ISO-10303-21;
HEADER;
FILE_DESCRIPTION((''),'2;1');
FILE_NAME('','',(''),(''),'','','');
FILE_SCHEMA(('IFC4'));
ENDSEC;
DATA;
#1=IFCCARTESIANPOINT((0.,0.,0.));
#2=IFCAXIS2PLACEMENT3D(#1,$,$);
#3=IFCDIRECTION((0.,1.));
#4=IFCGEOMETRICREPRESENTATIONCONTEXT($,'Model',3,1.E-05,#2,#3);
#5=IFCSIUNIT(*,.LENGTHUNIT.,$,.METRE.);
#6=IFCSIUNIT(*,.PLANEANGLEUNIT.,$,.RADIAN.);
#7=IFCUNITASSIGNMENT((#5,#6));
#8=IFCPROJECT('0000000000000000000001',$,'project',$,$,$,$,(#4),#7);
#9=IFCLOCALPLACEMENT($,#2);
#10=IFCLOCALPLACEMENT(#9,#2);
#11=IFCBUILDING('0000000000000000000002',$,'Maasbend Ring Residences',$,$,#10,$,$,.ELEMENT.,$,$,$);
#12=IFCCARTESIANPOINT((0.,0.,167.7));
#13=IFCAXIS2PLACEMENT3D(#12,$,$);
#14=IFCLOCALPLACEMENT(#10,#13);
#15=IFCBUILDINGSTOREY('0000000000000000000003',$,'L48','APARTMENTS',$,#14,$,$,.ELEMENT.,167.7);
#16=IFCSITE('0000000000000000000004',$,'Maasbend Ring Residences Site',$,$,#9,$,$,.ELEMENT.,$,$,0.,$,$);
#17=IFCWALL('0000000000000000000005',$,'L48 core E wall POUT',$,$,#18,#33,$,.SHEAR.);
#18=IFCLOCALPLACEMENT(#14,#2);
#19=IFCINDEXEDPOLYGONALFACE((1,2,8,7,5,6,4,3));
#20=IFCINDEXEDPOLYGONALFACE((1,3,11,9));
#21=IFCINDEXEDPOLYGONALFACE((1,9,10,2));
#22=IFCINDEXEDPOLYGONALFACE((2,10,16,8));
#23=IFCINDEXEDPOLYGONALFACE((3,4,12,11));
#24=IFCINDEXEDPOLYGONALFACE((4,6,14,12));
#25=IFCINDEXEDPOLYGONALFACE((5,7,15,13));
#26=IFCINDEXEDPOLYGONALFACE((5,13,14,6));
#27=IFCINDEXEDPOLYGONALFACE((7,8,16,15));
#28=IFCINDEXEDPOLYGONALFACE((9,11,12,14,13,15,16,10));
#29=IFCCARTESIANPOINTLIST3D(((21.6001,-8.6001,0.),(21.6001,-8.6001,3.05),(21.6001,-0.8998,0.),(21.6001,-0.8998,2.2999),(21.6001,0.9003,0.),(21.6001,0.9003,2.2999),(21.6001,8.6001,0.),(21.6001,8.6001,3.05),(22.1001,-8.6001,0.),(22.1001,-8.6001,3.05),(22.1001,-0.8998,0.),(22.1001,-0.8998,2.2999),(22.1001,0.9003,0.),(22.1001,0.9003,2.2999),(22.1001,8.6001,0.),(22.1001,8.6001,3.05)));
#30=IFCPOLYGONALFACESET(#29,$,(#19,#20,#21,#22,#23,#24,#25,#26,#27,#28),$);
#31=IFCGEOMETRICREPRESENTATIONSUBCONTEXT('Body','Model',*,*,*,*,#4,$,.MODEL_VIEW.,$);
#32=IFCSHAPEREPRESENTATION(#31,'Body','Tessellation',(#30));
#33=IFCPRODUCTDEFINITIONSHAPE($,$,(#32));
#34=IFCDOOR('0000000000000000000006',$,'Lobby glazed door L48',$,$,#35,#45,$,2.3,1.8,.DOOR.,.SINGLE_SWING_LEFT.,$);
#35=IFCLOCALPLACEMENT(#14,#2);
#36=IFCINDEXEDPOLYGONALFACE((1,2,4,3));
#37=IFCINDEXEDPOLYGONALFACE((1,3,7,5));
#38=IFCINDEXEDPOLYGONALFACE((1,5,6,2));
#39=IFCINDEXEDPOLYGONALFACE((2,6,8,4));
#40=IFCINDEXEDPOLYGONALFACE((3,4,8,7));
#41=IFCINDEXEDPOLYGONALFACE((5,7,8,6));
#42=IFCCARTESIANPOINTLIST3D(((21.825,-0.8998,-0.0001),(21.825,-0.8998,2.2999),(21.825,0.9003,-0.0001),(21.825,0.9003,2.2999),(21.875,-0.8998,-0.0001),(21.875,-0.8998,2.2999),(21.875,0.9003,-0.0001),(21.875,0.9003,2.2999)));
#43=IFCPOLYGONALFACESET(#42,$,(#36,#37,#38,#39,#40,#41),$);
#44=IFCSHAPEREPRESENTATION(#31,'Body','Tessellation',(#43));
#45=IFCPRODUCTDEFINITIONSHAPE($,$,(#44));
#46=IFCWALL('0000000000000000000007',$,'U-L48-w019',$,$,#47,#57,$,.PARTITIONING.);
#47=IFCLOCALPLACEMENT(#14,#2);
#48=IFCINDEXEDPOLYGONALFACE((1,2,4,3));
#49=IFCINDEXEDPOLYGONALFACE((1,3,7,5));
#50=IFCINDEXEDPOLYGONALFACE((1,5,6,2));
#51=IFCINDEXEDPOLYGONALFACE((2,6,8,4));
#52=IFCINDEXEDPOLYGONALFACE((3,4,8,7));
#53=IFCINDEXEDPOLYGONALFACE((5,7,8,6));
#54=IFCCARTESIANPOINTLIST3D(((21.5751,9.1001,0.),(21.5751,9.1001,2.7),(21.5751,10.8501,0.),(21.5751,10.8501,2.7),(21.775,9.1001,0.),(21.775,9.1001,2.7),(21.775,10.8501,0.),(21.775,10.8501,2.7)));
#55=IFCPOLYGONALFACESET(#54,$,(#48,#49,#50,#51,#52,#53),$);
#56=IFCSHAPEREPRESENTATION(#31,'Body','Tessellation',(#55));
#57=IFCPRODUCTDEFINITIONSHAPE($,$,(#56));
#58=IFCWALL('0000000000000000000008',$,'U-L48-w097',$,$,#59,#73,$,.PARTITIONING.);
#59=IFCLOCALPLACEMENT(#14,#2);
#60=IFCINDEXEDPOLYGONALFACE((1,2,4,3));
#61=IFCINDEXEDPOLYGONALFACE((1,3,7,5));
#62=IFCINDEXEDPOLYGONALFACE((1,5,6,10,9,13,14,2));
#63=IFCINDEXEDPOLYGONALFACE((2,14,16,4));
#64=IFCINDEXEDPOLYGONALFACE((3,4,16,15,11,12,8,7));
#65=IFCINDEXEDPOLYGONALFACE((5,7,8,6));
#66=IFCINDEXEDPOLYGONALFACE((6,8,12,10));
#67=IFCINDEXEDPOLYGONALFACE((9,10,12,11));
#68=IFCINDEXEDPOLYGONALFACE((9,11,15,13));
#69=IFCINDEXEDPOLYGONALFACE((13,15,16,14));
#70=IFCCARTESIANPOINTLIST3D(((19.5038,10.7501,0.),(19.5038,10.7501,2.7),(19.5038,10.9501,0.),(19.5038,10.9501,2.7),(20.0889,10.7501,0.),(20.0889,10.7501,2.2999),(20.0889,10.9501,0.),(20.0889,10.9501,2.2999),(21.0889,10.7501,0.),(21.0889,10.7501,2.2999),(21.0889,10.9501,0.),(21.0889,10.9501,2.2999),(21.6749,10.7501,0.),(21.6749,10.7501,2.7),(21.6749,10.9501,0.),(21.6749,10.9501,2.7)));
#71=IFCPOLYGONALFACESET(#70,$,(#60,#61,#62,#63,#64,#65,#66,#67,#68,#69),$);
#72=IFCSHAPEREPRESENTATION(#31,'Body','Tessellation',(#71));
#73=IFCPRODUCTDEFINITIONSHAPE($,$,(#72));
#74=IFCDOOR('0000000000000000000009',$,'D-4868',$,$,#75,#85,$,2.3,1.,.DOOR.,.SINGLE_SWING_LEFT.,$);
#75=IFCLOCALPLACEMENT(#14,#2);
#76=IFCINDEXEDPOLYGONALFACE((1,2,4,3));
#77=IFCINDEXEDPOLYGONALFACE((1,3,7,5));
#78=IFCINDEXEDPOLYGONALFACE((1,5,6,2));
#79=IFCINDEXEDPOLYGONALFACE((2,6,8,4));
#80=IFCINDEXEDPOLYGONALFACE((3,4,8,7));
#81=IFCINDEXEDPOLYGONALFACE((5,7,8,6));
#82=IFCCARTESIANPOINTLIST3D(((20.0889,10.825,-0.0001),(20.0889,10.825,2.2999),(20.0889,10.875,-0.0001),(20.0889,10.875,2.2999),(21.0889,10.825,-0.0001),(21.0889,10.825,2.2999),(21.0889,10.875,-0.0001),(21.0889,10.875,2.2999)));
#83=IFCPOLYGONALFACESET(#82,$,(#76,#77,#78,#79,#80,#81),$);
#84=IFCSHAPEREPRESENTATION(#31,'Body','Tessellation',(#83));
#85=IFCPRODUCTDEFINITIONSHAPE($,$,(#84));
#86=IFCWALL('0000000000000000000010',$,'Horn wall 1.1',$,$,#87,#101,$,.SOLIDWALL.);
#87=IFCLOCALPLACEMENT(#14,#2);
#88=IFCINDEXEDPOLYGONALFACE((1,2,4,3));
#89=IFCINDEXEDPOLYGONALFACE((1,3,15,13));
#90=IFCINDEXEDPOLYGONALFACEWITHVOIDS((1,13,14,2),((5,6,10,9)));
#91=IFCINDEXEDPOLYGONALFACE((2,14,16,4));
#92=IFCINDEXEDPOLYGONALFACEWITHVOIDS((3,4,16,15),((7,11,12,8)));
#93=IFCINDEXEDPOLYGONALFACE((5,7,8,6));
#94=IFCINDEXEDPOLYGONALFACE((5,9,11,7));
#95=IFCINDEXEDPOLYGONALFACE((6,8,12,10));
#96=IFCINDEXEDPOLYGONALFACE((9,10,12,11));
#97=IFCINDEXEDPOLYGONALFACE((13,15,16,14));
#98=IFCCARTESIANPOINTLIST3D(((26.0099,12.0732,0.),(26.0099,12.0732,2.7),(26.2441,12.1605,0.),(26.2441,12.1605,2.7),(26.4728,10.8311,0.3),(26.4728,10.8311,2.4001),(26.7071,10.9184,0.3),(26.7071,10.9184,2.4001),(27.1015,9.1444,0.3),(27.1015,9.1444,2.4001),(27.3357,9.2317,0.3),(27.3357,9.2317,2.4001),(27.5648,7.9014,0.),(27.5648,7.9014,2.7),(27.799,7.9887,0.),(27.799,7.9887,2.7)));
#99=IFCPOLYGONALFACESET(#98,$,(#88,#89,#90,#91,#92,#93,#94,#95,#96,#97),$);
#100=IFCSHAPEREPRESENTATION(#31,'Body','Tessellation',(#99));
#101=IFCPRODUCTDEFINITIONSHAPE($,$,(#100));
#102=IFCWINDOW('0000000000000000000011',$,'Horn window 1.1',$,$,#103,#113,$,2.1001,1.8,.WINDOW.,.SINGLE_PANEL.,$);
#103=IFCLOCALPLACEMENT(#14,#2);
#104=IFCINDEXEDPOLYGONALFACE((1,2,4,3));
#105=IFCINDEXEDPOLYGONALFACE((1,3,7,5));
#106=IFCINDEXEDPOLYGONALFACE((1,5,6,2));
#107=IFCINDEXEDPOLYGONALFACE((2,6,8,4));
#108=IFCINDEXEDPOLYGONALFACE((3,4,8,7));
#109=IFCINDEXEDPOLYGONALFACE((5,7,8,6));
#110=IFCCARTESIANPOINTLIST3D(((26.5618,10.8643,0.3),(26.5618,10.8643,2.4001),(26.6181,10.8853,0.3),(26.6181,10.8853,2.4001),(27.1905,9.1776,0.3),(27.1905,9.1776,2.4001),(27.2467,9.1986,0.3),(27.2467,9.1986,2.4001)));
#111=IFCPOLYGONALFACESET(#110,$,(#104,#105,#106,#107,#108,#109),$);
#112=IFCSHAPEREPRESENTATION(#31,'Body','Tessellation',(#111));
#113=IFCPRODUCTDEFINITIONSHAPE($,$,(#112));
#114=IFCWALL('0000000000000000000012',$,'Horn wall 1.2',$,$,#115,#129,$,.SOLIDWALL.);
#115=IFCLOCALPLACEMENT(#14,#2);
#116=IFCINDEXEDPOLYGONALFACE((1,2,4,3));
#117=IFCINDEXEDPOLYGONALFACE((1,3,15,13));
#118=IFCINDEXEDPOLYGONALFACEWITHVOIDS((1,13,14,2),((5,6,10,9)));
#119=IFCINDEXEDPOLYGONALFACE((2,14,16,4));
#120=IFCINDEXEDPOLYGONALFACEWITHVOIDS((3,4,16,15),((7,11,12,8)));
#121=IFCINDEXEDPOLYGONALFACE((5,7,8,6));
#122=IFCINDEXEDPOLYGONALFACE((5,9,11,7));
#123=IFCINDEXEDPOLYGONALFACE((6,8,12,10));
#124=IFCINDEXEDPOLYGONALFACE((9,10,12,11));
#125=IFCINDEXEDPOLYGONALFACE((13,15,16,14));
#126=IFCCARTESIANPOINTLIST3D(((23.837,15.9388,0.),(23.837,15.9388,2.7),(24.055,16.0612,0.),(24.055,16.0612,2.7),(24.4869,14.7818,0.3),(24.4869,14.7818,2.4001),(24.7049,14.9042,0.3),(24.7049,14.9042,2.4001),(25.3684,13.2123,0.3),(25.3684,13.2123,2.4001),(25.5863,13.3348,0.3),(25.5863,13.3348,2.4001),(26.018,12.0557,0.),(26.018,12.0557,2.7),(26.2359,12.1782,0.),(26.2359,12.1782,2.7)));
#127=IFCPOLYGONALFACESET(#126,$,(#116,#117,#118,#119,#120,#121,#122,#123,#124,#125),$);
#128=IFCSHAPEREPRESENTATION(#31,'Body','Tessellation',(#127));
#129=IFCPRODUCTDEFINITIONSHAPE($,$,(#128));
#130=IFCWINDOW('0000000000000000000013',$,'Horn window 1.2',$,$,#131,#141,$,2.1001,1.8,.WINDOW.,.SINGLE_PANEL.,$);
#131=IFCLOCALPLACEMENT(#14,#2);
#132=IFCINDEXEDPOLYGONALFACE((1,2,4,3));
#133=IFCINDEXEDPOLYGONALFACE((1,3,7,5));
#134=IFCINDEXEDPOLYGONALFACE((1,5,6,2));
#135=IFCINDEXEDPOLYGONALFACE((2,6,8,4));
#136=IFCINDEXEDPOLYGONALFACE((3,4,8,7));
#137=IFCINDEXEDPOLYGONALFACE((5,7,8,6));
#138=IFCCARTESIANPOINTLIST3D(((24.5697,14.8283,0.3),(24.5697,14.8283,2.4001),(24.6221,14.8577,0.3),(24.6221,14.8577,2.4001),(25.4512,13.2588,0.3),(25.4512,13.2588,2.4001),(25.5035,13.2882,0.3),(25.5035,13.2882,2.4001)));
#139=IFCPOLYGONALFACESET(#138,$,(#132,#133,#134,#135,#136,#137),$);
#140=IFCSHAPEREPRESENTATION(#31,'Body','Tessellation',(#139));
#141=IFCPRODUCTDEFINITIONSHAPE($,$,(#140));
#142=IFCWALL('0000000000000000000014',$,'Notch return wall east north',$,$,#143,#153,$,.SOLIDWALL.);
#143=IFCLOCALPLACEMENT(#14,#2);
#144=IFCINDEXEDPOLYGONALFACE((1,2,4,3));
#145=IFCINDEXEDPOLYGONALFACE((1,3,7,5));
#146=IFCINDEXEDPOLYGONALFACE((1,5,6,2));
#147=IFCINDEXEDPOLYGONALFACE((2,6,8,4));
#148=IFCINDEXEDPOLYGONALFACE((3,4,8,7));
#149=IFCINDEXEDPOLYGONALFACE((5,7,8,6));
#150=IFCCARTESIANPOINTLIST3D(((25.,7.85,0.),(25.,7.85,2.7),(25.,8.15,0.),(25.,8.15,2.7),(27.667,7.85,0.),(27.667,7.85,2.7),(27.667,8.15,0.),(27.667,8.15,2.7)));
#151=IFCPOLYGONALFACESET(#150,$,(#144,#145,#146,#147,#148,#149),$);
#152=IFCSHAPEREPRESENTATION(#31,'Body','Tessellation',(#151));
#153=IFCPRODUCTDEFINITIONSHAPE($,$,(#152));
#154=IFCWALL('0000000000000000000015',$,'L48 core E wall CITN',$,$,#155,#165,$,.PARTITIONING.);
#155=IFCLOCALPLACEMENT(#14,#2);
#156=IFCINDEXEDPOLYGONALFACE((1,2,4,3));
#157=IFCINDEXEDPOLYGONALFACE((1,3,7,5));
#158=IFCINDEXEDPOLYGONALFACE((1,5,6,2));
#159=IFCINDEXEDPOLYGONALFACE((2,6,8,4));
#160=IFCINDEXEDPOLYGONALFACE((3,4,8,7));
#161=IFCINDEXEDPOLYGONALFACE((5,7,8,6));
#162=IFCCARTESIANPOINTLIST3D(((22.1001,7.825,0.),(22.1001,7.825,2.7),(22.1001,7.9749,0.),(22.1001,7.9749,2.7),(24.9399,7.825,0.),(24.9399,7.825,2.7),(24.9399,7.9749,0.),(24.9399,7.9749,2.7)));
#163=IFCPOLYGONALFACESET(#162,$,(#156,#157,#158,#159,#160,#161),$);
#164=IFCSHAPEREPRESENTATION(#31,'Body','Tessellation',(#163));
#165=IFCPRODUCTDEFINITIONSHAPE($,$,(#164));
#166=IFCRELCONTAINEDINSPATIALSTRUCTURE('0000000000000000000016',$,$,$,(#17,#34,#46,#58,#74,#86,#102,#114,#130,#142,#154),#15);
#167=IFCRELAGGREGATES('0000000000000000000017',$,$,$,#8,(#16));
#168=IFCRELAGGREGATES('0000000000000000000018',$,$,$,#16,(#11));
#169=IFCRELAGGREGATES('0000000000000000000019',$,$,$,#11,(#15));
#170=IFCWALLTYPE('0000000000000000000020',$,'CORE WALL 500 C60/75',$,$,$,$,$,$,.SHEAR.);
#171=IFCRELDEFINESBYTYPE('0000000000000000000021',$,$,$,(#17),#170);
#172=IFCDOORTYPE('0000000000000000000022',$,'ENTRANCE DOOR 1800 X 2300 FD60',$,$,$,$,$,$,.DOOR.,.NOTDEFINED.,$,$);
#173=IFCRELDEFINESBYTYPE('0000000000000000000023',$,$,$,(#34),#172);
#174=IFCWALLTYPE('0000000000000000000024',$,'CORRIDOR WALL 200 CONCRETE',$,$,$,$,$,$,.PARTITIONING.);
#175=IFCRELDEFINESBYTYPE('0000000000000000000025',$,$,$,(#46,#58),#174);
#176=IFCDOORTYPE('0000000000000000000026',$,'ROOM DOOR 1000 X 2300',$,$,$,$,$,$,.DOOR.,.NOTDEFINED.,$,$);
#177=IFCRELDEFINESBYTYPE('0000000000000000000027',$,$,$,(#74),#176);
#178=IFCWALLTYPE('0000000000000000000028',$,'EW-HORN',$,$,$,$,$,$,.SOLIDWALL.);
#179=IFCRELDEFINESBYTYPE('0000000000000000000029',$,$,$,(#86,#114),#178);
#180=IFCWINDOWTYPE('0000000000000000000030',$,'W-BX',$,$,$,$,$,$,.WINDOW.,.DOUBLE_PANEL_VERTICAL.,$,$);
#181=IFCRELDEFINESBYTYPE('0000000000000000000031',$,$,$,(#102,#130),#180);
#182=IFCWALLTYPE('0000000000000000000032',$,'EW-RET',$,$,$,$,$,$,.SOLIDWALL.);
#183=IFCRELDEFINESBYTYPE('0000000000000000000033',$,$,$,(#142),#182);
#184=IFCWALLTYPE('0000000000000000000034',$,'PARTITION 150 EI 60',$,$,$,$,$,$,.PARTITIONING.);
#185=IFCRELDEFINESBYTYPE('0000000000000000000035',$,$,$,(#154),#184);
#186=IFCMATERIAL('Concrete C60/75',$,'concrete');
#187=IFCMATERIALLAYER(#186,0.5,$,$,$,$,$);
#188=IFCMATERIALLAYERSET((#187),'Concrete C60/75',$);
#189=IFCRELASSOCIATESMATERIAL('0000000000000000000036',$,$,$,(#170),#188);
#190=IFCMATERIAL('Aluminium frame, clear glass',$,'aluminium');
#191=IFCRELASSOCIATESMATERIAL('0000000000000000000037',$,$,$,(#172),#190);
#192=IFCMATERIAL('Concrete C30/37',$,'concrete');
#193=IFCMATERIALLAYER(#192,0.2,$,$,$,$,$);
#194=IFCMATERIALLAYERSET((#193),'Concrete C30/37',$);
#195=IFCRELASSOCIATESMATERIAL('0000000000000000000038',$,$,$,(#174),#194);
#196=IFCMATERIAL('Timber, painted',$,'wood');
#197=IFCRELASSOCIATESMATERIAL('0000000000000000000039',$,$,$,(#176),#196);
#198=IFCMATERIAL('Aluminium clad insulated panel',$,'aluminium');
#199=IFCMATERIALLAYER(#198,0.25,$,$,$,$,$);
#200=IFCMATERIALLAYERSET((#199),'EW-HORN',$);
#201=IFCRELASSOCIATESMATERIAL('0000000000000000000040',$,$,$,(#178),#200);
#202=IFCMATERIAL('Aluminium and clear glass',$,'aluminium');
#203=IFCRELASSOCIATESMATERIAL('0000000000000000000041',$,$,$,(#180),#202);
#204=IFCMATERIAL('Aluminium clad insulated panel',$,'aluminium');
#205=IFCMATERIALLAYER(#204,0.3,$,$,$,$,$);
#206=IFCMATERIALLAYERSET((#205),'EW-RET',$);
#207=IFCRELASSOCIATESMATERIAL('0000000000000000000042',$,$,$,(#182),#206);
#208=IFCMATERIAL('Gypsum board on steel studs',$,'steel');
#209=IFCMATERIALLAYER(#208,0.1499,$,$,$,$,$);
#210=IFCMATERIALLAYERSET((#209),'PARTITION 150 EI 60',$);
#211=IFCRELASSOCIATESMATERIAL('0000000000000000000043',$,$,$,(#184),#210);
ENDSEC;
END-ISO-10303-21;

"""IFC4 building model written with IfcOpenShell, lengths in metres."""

from ifc_helpers import new_model, si_unit, direction, frame, frame_2d, origin, place, context, subcontext, project, spatial, rectangle, extrude, material, layer, layer_set, type_object, element, fill, save


model = new_model("IFC4")

# Units and contexts
model_context = context("Model", 3, precision=1e-05, world=origin(), true_north=direction((0.0, 1.0)))
body_context = subcontext(model_context, "Body", "Model", "MODEL_VIEW")
ifc_project = project(units=[si_unit("LENGTHUNIT", "METRE"), si_unit("PLANEANGLEUNIT", "RADIAN")], contexts=[model_context])

# Site, building, storey
site_placement = place(None, origin())
site = spatial("IfcSite", under=ifc_project, at=site_placement, Name="Maasbend Ring Residences Site", CompositionType="ELEMENT", RefElevation=0.0)
building_placement = place(site_placement, origin())
building = spatial("IfcBuilding", under=site, at=building_placement, Name="Maasbend Ring Residences", CompositionType="ELEMENT")
storey_placement = place(building_placement, frame((0.0, 0.0, 167.7)))
storey = spatial("IfcBuildingStorey", under=building, at=storey_placement, Name="L48", Description="APARTMENTS", CompositionType="ELEMENT", Elevation=167.7)

# Wall, opening, door
ifc_material_1 = material(Name="Concrete C60/75", Category="concrete")
ifc_layer_1 = layer(ifc_material_1, 0.5)
ifc_layer_set_1 = layer_set([ifc_layer_1], Name="Concrete C60/75")
wall_type_1 = type_object("IfcWallType", Name="CORE WALL 500 C60/75", PredefinedType="SHEAR", material=ifc_layer_set_1)
wall_1_placement = place(storey_placement, frame((21.8501, 8.6001, 0.0), z_axis=(0.0, 0.0, 1.0), x_axis=(0.0, -1.0, 0.0)))
wall_1 = element("IfcWall", 1, at=wall_1_placement, inside=storey, type_object=wall_type_1, Name="L48 core E wall POUT", PredefinedType="SHEAR", context=body_context, shape_type="SweptSolid", body=[
    extrude(rectangle(XDim=17.2002, YDim=0.5, at=frame_2d((8.6001, 0.0))), origin(), (0.0, 0.0, 1.0), 3.05),
])
opening_1_placement = place(wall_1_placement, frame((7.7, 0.0, 0.0)))
opening_1 = element("IfcOpeningElement", 2, at=opening_1_placement, cuts=wall_1, PredefinedType="OPENING", context=body_context, shape_type="SweptSolid", body=[
    extrude(rectangle(XDim=1.8, YDim=2.3, at=frame_2d((0.8999, 1.1499))), frame((0.0, 0.26, 0.0), z_axis=(0.0, -1.0, 0.0), x_axis=(1.0, 0.0, 0.0)), (0.0, 0.0, 1.0), 0.52),
])
ifc_material_2 = material(Name="Aluminium frame, clear glass", Category="aluminium")
door_type_1 = type_object("IfcDoorType", Name="ENTRANCE DOOR 1800 X 2300 FD60", OperationType="NOTDEFINED", PredefinedType="DOOR", material=ifc_material_2)
door_1_placement = place(opening_1_placement, origin())
door_1 = element("IfcDoor", 3, at=door_1_placement, inside=storey, type_object=door_type_1, Name="Lobby glazed door L48", OperationType="SINGLE_SWING_LEFT", OverallHeight=2.3, OverallWidth=1.8, PredefinedType="DOOR", context=body_context, shape_type="SweptSolid", body=[
    extrude(rectangle(XDim=1.8, YDim=2.3, at=frame_2d((0.8999, 1.1499))), frame((0.0, 0.0249, 0.0), z_axis=(0.0, -1.0, 0.0), x_axis=(1.0, 0.0, 0.0)), (0.0, 0.0, 1.0), 0.05),
])
fill(opening_1, door_1)

# Wall
ifc_material_3 = material(Name="Concrete C30/37", Category="concrete")
ifc_layer_2 = layer(ifc_material_3, 0.2)
ifc_layer_set_2 = layer_set([ifc_layer_2], Name="Concrete C30/37")
wall_type_2 = type_object("IfcWallType", Name="CORRIDOR WALL 200 CONCRETE", PredefinedType="PARTITIONING", material=ifc_layer_set_2)
wall_2_placement = place(storey_placement, frame((21.675, 9.1001, 0.0), z_axis=(0.0, 0.0, 1.0), x_axis=(0.0, 1.0, 0.0)))
element("IfcWall", 4, at=wall_2_placement, inside=storey, type_object=wall_type_2, Name="U-L48-w019", PredefinedType="PARTITIONING", context=body_context, shape_type="SweptSolid", body=[
    extrude(rectangle(XDim=1.75, YDim=0.2, at=frame_2d((0.875, 0.0))), origin(), (0.0, 0.0, 1.0), 2.7),
])

# Wall, opening, door
wall_3_placement = place(storey_placement, frame((19.5039, 10.8501, 0.0), z_axis=(0.0, 0.0, 1.0), x_axis=(1.0, 0.0, 0.0)))
wall_3 = element("IfcWall", 5, at=wall_3_placement, inside=storey, type_object=wall_type_2, Name="U-L48-w097", PredefinedType="PARTITIONING", context=body_context, shape_type="SweptSolid", body=[
    extrude(rectangle(XDim=2.1711, YDim=0.2, at=frame_2d((1.0854, 0.0))), origin(), (0.0, 0.0, 1.0), 2.7),
])
opening_2_placement = place(wall_3_placement, frame((0.585, 0.0, 0.0)))
opening_2 = element("IfcOpeningElement", 6, at=opening_2_placement, cuts=wall_3, PredefinedType="OPENING", context=body_context, shape_type="SweptSolid", body=[
    extrude(rectangle(XDim=1.0, YDim=2.3, at=frame_2d((0.5, 1.1499))), frame((0.0, 0.1099, 0.0), z_axis=(0.0, -1.0, 0.0), x_axis=(1.0, 0.0, 0.0)), (0.0, 0.0, 1.0), 0.22),
])
ifc_material_4 = material(Name="Timber, painted", Category="wood")
door_type_2 = type_object("IfcDoorType", Name="ROOM DOOR 1000 X 2300", OperationType="NOTDEFINED", PredefinedType="DOOR", material=ifc_material_4)
door_2_placement = place(opening_2_placement, origin())
door_2 = element("IfcDoor", 7, at=door_2_placement, inside=storey, type_object=door_type_2, Name="D-4868", OperationType="SINGLE_SWING_LEFT", OverallHeight=2.3, OverallWidth=1.0, PredefinedType="DOOR", context=body_context, shape_type="SweptSolid", body=[
    extrude(rectangle(XDim=1.0, YDim=2.3, at=frame_2d((0.5, 1.1499))), frame((0.0, 0.0249, 0.0), z_axis=(0.0, -1.0, 0.0), x_axis=(1.0, 0.0, 0.0)), (0.0, 0.0, 1.0), 0.05),
])
fill(opening_2, door_2)

# Walls, openings, windows
ifc_material_5 = material(Name="Aluminium clad insulated panel", Category="aluminium")
ifc_layer_3 = layer(ifc_material_5, 0.25)
ifc_layer_set_3 = layer_set([ifc_layer_3], Name="EW-HORN")
wall_type_3 = type_object("IfcWallType", Name="EW-HORN", PredefinedType="SOLIDWALL", material=ifc_layer_set_3)
wall_4_placement = place(storey_placement, frame((27.6819, 7.9451, 0.0), z_axis=(0.0, 0.0, 1.0), x_axis=(-0.349248, 0.93703, 0.0)))
wall_4 = element("IfcWall", 8, at=wall_4_placement, inside=storey, type_object=wall_type_3, Name="Horn wall 1.1", PredefinedType="SOLIDWALL", context=body_context, shape_type="SweptSolid", body=[
    extrude(rectangle(XDim=4.4521, YDim=0.25, at=frame_2d((2.2261, 0.0))), origin(), (0.0, 0.0, 1.0), 2.7),
])
opening_3_placement = place(wall_4_placement, frame((1.3267, 0.0, 0.3)))
opening_3 = element("IfcOpeningElement", 9, at=opening_3_placement, cuts=wall_4, PredefinedType="OPENING", context=body_context, shape_type="SweptSolid", body=[
    extrude(rectangle(XDim=1.8, YDim=2.1001, at=frame_2d((0.8999, 1.05))), frame((0.0, 0.135, 0.0), z_axis=(0.0, -1.0, 0.0), x_axis=(1.0, 0.0, 0.0)), (0.0, 0.0, 1.0), 0.27),
])
ifc_material_6 = material(Name="Aluminium and clear glass", Category="aluminium")
window_type = type_object("IfcWindowType", Name="W-BX", PartitioningType="DOUBLE_PANEL_VERTICAL", PredefinedType="WINDOW", material=ifc_material_6)
window_1_placement = place(opening_3_placement, origin())
window_1 = element("IfcWindow", 10, at=window_1_placement, inside=storey, type_object=window_type, Name="Horn window 1.1", OverallHeight=2.1001, OverallWidth=1.8, PartitioningType="SINGLE_PANEL", PredefinedType="WINDOW", context=body_context, shape_type="SweptSolid", body=[
    extrude(rectangle(XDim=1.8, YDim=2.1001, at=frame_2d((0.8999, 1.05))), frame((0.0, 0.03, 0.0), z_axis=(0.0, -1.0, 0.0), x_axis=(1.0, 0.0, 0.0)), (0.0, 0.0, 1.0), 0.0601),
])
fill(opening_3, window_1)
wall_5_placement = place(storey_placement, frame((26.127, 12.1169, 0.0), z_axis=(0.0, 0.0, 1.0), x_axis=(-0.489696, 0.871893, 0.0)))
wall_5 = element("IfcWall", 11, at=wall_5_placement, inside=storey, type_object=wall_type_3, Name="Horn wall 1.2", PredefinedType="SOLIDWALL", context=body_context, shape_type="SweptSolid", body=[
    extrude(rectangle(XDim=4.4536, YDim=0.25, at=frame_2d((2.2268, 0.0))), origin(), (0.0, 0.0, 1.0), 2.7),
])
opening_4_placement = place(wall_5_placement, frame((1.3267, 0.0, 0.3)))
opening_4 = element("IfcOpeningElement", 12, at=opening_4_placement, cuts=wall_5, PredefinedType="OPENING", context=body_context, shape_type="SweptSolid", body=[
    extrude(rectangle(XDim=1.8, YDim=2.1001, at=frame_2d((0.8999, 1.05))), frame((0.0, 0.135, 0.0), z_axis=(0.0, -1.0, 0.0), x_axis=(1.0, 0.0, 0.0)), (0.0, 0.0, 1.0), 0.27),
])
window_2_placement = place(opening_4_placement, origin())
window_2 = element("IfcWindow", 13, at=window_2_placement, inside=storey, type_object=window_type, Name="Horn window 1.2", OverallHeight=2.1001, OverallWidth=1.8, PartitioningType="SINGLE_PANEL", PredefinedType="WINDOW", context=body_context, shape_type="SweptSolid", body=[
    extrude(rectangle(XDim=1.8, YDim=2.1001, at=frame_2d((0.8999, 1.05))), frame((0.0, 0.03, 0.0), z_axis=(0.0, -1.0, 0.0), x_axis=(1.0, 0.0, 0.0)), (0.0, 0.0, 1.0), 0.0601),
])
fill(opening_4, window_2)

# Walls
ifc_material_7 = material(Name="Aluminium clad insulated panel", Category="aluminium")
ifc_layer_4 = layer(ifc_material_7, 0.3)
ifc_layer_set_4 = layer_set([ifc_layer_4], Name="EW-RET")
wall_type_4 = type_object("IfcWallType", Name="EW-RET", PredefinedType="SOLIDWALL", material=ifc_layer_set_4)
wall_6_placement = place(storey_placement, frame((25.0, 8.0, 0.0), z_axis=(0.0, 0.0, 1.0), x_axis=(1.0, 0.0, 0.0)))
element("IfcWall", 14, at=wall_6_placement, inside=storey, type_object=wall_type_4, Name="Notch return wall east north", PredefinedType="SOLIDWALL", context=body_context, shape_type="SweptSolid", body=[
    extrude(rectangle(XDim=2.667, YDim=0.3, at=frame_2d((1.3335, 0.0))), origin(), (0.0, 0.0, 1.0), 2.7),
])
ifc_material_8 = material(Name="Gypsum board on steel studs", Category="steel")
ifc_layer_5 = layer(ifc_material_8, 0.1499)
ifc_layer_set_5 = layer_set([ifc_layer_5], Name="PARTITION 150 EI 60")
wall_type_5 = type_object("IfcWallType", Name="PARTITION 150 EI 60", PredefinedType="PARTITIONING", material=ifc_layer_set_5)
wall_7_placement = place(storey_placement, frame((22.1001, 7.8999, 0.0), z_axis=(0.0, 0.0, 1.0), x_axis=(1.0, 0.0, 0.0)))
element("IfcWall", 15, at=wall_7_placement, inside=storey, type_object=wall_type_5, Name="L48 core E wall CITN", PredefinedType="PARTITIONING", context=body_context, shape_type="SweptSolid", body=[
    extrude(rectangle(XDim=2.8398, YDim=0.1499, at=frame_2d((1.4199, 0.0))), origin(), (0.0, 0.0, 1.0), 2.7),
])

save(model, "model.ifc")
